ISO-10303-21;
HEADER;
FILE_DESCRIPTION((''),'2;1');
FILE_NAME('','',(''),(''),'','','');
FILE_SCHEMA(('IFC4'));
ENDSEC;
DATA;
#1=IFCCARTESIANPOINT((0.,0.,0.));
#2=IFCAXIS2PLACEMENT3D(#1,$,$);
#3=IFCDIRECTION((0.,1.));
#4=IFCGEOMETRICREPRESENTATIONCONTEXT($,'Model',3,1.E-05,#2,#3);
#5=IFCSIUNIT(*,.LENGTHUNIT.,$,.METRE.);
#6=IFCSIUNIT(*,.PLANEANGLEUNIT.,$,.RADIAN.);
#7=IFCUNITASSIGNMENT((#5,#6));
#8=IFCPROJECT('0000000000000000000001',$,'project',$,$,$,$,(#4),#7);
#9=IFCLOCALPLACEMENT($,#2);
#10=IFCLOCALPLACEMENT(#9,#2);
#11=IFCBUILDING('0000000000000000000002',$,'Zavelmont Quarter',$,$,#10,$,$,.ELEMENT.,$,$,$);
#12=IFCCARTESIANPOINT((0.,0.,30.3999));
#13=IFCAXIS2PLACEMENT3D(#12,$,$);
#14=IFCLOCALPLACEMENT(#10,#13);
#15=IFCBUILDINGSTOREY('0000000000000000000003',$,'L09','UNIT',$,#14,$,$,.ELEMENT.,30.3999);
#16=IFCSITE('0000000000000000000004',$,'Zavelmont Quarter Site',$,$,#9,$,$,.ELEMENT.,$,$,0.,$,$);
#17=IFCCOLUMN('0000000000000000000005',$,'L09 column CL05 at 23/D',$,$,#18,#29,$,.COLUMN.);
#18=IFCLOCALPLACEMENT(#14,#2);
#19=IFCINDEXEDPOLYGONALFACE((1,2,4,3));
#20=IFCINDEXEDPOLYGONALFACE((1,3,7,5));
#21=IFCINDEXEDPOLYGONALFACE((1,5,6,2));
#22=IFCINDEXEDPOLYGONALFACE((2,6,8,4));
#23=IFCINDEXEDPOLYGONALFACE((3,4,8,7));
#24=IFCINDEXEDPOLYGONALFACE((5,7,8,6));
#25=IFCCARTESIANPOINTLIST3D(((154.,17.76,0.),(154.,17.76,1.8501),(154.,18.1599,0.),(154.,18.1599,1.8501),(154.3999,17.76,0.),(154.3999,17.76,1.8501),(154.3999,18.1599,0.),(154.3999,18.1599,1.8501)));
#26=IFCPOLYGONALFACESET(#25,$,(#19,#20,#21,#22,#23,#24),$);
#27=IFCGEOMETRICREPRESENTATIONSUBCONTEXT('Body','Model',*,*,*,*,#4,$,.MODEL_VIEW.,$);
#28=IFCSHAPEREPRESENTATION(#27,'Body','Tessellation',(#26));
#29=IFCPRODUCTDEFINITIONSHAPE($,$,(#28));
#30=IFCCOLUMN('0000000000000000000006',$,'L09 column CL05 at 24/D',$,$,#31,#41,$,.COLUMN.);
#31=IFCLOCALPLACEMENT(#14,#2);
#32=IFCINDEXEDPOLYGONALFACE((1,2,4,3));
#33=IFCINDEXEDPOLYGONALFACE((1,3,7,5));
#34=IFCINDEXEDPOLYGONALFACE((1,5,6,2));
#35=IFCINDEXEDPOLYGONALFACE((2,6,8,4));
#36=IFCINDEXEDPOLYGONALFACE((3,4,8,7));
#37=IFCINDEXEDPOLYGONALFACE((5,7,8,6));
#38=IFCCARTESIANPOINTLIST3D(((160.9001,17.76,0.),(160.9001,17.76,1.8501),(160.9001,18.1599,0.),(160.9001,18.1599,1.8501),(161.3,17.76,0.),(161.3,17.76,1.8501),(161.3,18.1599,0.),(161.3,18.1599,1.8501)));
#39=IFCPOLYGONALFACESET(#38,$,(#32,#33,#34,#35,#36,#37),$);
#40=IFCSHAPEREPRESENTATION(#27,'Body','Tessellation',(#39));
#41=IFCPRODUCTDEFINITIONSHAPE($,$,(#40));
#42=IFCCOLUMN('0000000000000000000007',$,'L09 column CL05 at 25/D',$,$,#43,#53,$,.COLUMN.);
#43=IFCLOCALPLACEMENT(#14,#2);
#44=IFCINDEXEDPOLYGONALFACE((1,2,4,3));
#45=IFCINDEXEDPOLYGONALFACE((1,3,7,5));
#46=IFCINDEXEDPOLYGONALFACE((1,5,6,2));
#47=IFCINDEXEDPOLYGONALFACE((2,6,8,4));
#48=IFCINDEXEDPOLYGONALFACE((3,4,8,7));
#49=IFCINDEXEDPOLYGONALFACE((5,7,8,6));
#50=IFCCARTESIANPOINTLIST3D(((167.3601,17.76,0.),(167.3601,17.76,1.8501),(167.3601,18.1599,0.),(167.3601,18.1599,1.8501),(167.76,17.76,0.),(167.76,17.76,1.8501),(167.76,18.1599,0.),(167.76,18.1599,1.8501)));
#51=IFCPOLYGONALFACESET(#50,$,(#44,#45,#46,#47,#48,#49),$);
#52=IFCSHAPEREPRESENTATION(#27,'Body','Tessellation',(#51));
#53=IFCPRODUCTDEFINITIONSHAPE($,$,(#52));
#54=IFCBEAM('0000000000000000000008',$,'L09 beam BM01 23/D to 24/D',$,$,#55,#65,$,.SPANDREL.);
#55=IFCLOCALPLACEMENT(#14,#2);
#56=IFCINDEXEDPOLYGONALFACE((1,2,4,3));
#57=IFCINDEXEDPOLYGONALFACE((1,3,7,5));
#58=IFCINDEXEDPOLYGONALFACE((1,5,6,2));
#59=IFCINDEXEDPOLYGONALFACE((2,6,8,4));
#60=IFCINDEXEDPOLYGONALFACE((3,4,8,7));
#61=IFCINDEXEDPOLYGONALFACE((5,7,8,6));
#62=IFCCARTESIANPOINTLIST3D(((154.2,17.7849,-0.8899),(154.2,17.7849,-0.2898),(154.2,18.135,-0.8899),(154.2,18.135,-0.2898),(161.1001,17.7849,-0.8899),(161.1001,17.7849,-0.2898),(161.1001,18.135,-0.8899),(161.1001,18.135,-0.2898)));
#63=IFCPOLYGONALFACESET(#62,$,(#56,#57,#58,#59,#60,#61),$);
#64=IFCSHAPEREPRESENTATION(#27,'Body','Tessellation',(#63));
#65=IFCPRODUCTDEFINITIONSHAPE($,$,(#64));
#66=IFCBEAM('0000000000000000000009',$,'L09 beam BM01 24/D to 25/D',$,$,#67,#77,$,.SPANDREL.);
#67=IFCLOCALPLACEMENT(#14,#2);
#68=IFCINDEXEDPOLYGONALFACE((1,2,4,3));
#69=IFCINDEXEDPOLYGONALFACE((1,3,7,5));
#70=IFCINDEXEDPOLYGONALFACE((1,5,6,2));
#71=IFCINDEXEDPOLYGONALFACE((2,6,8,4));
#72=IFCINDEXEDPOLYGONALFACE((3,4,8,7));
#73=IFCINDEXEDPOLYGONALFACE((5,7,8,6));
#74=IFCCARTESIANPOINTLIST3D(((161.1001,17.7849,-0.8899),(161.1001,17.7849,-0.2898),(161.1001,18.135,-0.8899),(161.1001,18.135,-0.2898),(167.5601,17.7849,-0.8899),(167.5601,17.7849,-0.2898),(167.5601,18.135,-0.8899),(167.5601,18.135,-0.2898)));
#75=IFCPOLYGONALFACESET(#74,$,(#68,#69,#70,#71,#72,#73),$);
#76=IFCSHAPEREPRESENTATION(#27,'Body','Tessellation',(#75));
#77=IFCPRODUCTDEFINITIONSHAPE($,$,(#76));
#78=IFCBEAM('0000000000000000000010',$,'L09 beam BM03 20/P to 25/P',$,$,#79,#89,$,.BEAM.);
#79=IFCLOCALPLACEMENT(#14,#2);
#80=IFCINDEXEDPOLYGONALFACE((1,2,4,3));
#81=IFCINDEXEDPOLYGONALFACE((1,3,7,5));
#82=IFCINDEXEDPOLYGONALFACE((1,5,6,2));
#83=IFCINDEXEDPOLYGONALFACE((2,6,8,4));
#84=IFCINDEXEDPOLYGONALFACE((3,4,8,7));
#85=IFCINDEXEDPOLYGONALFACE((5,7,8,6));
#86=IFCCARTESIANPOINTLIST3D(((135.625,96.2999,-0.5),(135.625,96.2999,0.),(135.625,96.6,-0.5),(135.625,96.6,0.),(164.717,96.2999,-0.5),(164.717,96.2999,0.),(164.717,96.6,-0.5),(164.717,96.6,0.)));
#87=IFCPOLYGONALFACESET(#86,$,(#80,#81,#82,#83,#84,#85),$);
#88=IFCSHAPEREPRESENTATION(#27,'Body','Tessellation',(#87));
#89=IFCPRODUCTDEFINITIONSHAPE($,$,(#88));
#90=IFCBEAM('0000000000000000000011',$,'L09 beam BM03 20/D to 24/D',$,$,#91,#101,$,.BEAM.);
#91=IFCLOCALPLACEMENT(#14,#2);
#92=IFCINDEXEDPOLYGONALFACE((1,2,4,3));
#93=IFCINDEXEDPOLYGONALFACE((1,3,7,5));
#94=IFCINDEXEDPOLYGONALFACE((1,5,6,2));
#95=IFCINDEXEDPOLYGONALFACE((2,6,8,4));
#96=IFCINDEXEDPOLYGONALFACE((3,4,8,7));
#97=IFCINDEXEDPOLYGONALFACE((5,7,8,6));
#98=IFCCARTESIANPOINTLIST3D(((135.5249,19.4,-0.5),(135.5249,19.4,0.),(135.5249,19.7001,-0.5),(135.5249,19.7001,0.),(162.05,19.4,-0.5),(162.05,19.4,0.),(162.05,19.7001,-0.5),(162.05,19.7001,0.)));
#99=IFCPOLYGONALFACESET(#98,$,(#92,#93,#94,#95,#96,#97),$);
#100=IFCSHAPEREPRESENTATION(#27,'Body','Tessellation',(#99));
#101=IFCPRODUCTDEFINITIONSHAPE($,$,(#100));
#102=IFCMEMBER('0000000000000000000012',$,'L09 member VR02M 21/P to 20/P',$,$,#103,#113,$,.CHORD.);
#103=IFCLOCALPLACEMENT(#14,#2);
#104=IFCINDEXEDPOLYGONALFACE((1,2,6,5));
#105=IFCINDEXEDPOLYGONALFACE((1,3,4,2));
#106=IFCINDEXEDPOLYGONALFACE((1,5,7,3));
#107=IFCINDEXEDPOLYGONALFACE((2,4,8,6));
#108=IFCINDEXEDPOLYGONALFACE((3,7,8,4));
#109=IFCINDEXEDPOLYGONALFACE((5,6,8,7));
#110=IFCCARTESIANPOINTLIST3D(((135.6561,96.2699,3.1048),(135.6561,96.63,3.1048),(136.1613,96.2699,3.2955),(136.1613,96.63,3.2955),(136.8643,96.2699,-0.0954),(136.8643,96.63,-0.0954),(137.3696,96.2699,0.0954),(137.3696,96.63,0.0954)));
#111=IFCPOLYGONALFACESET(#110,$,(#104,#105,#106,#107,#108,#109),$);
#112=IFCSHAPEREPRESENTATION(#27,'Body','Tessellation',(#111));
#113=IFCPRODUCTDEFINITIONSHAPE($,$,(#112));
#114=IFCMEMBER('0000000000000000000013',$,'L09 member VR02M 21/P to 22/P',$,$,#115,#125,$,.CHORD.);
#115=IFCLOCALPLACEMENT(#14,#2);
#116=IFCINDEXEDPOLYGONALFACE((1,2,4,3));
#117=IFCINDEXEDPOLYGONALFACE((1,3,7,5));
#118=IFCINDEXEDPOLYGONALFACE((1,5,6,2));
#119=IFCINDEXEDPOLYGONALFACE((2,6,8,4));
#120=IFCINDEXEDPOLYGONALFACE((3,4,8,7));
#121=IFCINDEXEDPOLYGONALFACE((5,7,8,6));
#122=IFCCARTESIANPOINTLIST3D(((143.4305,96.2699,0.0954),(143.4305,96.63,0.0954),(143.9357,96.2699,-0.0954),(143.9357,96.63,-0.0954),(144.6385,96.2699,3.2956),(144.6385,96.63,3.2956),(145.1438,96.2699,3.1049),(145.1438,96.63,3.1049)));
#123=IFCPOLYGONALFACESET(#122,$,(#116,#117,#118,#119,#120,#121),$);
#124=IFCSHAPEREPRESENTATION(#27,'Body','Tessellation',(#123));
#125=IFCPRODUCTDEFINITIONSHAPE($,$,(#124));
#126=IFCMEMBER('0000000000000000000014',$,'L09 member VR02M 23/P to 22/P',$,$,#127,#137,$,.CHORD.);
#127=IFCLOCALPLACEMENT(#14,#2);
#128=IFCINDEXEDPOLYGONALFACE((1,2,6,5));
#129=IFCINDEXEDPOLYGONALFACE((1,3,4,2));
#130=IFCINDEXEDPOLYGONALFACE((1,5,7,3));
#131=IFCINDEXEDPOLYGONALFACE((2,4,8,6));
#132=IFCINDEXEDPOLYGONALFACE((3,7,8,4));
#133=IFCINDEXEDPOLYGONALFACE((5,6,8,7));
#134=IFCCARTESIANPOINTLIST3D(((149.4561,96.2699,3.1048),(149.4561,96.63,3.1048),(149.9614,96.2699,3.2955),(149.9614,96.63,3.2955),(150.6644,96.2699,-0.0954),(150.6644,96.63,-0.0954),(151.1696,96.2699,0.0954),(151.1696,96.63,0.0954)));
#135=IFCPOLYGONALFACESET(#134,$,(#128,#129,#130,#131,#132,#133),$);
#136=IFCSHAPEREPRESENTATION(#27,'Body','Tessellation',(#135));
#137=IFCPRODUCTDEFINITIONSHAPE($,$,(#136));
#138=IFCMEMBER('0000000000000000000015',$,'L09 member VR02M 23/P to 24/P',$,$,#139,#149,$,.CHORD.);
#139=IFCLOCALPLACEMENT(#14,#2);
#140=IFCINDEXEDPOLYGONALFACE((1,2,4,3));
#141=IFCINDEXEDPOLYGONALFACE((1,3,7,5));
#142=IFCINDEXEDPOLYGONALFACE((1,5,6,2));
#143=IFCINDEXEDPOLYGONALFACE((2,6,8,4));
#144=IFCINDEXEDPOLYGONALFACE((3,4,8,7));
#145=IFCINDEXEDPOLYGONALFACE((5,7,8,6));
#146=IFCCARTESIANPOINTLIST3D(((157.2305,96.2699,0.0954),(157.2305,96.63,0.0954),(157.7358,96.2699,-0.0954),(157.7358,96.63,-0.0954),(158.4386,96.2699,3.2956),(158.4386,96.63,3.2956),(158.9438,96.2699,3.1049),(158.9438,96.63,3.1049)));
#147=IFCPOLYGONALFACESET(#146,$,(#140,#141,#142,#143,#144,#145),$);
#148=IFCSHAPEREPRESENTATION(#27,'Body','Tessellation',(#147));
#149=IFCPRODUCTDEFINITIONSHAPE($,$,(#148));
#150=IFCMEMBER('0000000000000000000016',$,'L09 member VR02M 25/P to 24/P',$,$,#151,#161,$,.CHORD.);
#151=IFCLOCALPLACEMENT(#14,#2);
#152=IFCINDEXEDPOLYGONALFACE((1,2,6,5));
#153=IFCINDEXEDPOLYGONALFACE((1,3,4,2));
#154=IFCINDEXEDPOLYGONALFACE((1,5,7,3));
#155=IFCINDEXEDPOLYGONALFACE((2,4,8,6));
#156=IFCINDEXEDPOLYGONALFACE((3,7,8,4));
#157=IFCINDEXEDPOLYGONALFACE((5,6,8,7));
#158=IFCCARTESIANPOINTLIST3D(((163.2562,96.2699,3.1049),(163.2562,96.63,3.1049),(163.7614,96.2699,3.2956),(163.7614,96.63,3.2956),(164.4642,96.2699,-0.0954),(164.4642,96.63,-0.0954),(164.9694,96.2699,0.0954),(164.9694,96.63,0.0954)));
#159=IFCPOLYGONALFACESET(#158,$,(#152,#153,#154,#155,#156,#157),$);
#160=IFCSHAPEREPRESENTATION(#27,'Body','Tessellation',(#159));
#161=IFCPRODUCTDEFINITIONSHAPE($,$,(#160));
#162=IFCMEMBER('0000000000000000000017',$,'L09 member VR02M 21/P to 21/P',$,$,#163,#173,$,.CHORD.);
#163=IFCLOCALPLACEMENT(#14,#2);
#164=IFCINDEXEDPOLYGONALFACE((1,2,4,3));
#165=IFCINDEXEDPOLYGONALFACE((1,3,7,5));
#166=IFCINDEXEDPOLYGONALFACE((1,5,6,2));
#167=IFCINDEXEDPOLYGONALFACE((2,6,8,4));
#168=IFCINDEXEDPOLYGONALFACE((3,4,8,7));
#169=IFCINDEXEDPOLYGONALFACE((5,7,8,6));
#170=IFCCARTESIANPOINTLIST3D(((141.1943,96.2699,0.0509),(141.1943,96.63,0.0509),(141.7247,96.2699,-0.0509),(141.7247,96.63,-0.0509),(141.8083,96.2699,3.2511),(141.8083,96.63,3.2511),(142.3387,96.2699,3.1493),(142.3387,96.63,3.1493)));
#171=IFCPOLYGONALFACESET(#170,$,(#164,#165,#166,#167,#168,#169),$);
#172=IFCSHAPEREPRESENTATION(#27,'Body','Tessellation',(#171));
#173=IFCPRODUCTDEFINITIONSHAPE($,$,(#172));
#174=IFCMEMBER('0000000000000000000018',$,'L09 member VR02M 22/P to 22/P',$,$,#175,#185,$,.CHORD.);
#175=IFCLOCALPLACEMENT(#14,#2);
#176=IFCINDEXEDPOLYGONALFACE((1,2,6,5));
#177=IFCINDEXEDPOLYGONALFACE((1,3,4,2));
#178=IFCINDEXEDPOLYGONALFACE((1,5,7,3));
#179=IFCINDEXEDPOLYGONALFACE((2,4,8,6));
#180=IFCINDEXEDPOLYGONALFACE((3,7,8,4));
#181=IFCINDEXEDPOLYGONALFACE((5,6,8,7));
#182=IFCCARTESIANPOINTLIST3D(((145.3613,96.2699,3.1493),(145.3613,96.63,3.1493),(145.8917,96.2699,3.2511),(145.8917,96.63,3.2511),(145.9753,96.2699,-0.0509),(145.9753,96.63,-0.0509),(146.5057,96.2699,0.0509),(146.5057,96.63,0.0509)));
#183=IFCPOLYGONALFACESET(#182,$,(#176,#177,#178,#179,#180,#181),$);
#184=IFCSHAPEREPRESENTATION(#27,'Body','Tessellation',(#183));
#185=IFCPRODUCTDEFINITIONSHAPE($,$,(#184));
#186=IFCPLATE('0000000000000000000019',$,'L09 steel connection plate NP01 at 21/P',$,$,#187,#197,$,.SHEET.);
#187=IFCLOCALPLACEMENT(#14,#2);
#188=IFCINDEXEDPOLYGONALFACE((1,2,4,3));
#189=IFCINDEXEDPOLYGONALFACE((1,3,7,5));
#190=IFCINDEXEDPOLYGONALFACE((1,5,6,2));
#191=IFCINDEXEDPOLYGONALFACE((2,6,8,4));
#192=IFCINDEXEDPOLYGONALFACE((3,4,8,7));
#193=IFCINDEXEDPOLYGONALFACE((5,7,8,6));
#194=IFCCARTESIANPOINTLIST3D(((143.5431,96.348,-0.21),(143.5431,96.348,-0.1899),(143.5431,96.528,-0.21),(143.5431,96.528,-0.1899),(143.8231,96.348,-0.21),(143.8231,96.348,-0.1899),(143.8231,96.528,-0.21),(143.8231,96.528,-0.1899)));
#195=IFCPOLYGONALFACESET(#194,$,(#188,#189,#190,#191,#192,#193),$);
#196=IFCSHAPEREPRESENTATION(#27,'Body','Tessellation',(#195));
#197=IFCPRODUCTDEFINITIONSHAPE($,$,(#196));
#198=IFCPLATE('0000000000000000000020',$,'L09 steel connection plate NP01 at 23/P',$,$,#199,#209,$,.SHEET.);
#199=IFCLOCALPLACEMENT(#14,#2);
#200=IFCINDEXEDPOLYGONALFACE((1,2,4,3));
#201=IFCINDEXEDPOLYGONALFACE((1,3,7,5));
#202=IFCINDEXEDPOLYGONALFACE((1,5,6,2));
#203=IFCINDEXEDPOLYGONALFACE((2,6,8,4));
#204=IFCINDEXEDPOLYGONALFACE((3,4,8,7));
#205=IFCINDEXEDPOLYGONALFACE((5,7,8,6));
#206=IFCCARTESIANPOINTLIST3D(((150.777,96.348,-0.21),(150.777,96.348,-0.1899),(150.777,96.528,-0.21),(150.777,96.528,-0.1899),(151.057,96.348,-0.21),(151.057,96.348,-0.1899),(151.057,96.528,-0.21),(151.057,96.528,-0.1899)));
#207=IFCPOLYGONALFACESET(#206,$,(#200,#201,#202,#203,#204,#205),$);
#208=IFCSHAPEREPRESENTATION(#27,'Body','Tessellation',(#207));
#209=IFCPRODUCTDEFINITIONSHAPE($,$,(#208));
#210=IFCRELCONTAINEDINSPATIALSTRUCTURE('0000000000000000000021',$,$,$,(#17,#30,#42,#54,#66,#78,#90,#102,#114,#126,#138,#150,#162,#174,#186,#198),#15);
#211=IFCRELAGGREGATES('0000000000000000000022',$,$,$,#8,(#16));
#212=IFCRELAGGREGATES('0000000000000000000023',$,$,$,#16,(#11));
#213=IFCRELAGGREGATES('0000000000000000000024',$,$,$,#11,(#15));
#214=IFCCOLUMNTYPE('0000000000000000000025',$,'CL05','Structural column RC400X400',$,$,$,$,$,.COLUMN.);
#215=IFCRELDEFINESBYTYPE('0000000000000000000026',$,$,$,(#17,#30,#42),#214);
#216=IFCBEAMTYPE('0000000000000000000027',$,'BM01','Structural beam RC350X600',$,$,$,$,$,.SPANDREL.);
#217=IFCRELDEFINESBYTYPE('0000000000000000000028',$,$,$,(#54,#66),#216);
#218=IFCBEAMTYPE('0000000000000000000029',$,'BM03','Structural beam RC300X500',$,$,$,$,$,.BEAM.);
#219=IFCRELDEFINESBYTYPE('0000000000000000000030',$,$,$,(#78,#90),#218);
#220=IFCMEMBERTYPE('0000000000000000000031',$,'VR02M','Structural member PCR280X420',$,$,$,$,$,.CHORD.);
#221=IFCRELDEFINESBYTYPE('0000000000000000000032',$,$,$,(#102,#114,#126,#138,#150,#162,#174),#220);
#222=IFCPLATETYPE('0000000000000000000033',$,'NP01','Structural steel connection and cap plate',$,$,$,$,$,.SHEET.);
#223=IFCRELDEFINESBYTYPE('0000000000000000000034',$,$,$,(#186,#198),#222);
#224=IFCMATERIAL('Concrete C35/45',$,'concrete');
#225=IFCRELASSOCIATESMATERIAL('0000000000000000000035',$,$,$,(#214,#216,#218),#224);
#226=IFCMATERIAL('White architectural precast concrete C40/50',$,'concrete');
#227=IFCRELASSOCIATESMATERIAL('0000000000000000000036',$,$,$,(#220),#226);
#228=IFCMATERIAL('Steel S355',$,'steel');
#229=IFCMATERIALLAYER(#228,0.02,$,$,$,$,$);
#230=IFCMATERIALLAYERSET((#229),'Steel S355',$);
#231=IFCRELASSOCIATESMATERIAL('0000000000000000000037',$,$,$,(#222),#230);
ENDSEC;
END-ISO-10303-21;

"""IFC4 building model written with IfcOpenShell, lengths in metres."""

from ifc_helpers import new_model, si_unit, direction, frame, origin, origin_2d, place, context, subcontext, project, spatial, rectangle, extrude, material, layer, layer_set, material_profile, profile_set, type_object, element, save


model = new_model("IFC4")

# Units and contexts
model_context = context("Model", 3, precision=1e-05, world=origin(), true_north=direction((0.0, 1.0)))
body_context = subcontext(model_context, "Body", "Model", "MODEL_VIEW")
ifc_project = project(units=[si_unit("LENGTHUNIT", "METRE"), si_unit("PLANEANGLEUNIT", "RADIAN")], contexts=[model_context])

# Site, building, storey
site_placement = place(None, origin())
site = spatial("IfcSite", under=ifc_project, at=site_placement, Name="Zavelmont Quarter Site", CompositionType="ELEMENT", RefElevation=0.0)
building_placement = place(site_placement, origin())
building = spatial("IfcBuilding", under=site, at=building_placement, Name="Zavelmont Quarter", CompositionType="ELEMENT")
storey_placement = place(building_placement, frame((0.0, 0.0, 30.3999)))
storey = spatial("IfcBuildingStorey", under=building, at=storey_placement, Name="L09", Description="UNIT", CompositionType="ELEMENT", Elevation=30.3999)

# Columns
ifc_material_1 = material(Name="Concrete C35/45", Category="concrete")
ifc_material_profile_1 = material_profile(ifc_material_1, rectangle(XDim=0.3999, YDim=0.3999, at=origin_2d()), Name="RC400X400")
ifc_profile_set_1 = profile_set([ifc_material_profile_1], Name="Concrete C35/45")
column_type = type_object("IfcColumnType", Name="CL05", Description="Structural column RC400X400", PredefinedType="COLUMN", material=ifc_profile_set_1)
for number, where, z_axis, x_axis, name in (
    (1, (154.2, 17.96, 0.0), (0.0, 0.0, 1.0), (1.0, 0.0, 0.0), "L09 column CL05 at 23/D"),
    (2, (161.1001, 17.96, 0.0), (0.0, 0.0, 1.0), (1.0, 0.0, 0.0), "L09 column CL05 at 24/D"),
    (3, (167.5601, 17.96, 0.0), (0.0, 0.0, 1.0), (1.0, 0.0, 0.0), "L09 column CL05 at 25/D"),
):
    element("IfcColumn", number, at=place(storey_placement, frame(where, z_axis=z_axis, x_axis=x_axis)), inside=storey, type_object=column_type, Name=name, PredefinedType="COLUMN", context=body_context, shape_type="SweptSolid", body=[
        extrude(rectangle(XDim=0.3999, YDim=0.3999, at=origin_2d()), origin(), (0.0, 0.0, 1.0), 1.8501),
    ])

# Beams
ifc_material_profile_2 = material_profile(ifc_material_1, rectangle(XDim=0.3501, YDim=0.6001, at=origin_2d()), Name="RC350X600")
ifc_profile_set_2 = profile_set([ifc_material_profile_2], Name="Concrete C35/45")
beam_type_1 = type_object("IfcBeamType", Name="BM01", Description="Structural beam RC350X600", PredefinedType="SPANDREL", material=ifc_profile_set_2)
beam_1_placement = place(storey_placement, frame((154.2, 17.96, -0.5898), z_axis=(1.0, 0.0, 0.0), x_axis=(0.0, 1.0, 0.0)))
element("IfcBeam", 4, at=beam_1_placement, inside=storey, type_object=beam_type_1, Name="L09 beam BM01 23/D to 24/D", PredefinedType="SPANDREL", context=body_context, shape_type="SweptSolid", body=[
    extrude(rectangle(XDim=0.3501, YDim=0.6001, at=origin_2d()), origin(), (0.0, 0.0, 1.0), 6.9001),
])
beam_2_placement = place(storey_placement, frame((161.1001, 17.96, -0.5898), z_axis=(1.0, 0.0, 0.0), x_axis=(0.0, 1.0, 0.0)))
element("IfcBeam", 5, at=beam_2_placement, inside=storey, type_object=beam_type_1, Name="L09 beam BM01 24/D to 25/D", PredefinedType="SPANDREL", context=body_context, shape_type="SweptSolid", body=[
    extrude(rectangle(XDim=0.3501, YDim=0.6001, at=origin_2d()), origin(), (0.0, 0.0, 1.0), 6.46),
])
ifc_material_profile_3 = material_profile(ifc_material_1, rectangle(XDim=0.3, YDim=0.5, at=origin_2d()), Name="RC300X500")
ifc_profile_set_3 = profile_set([ifc_material_profile_3], Name="Concrete C35/45")
beam_type_2 = type_object("IfcBeamType", Name="BM03", Description="Structural beam RC300X500", PredefinedType="BEAM", material=ifc_profile_set_3)
beam_3_placement = place(storey_placement, frame((135.625, 96.45, -0.25), z_axis=(1.0, 0.0, 0.0), x_axis=(0.0, 1.0, 0.0)))
element("IfcBeam", 6, at=beam_3_placement, inside=storey, type_object=beam_type_2, Name="L09 beam BM03 20/P to 25/P", PredefinedType="BEAM", context=body_context, shape_type="SweptSolid", body=[
    extrude(rectangle(XDim=0.3, YDim=0.5, at=origin_2d()), origin(), (0.0, 0.0, 1.0), 29.092),
])
beam_4_placement = place(storey_placement, frame((135.5249, 19.55, -0.25), z_axis=(1.0, 0.0, 0.0), x_axis=(0.0, 1.0, 0.0)))
element("IfcBeam", 7, at=beam_4_placement, inside=storey, type_object=beam_type_2, Name="L09 beam BM03 20/D to 24/D", PredefinedType="BEAM", context=body_context, shape_type="SweptSolid", body=[
    extrude(rectangle(XDim=0.3, YDim=0.5, at=origin_2d()), origin(), (0.0, 0.0, 1.0), 26.5251),
])

# Members
ifc_material_2 = material(Name="White architectural precast concrete C40/50", Category="concrete")
ifc_material_profile_4 = material_profile(ifc_material_2, rectangle(XDim=0.3601, YDim=0.54, at=origin_2d()), Name="PCR280X420")
ifc_profile_set_4 = profile_set([ifc_material_profile_4], Name="White architectural precast concrete C40/50")
member_type = type_object("IfcMemberType", Name="VR02M", Description="Structural member PCR280X420", PredefinedType="CHORD", material=ifc_profile_set_4)
for number, where, z_axis, x_axis, name in (
    (8, (137.1169, 96.45, 0.0), (-0.353219, 0.0, 0.935541), (0.0, -1.0, 0.0), "L09 member VR02M 21/P to 20/P"),
    (9, (143.6831, 96.45, 0.0), (0.353156, 0.0, 0.935564), (0.0, 1.0, 0.0), "L09 member VR02M 21/P to 22/P"),
    (10, (150.917, 96.45, 0.0), (-0.353219, 0.0, 0.935541), (0.0, -1.0, 0.0), "L09 member VR02M 23/P to 22/P"),
    (11, (157.4832, 96.45, 0.0), (0.353156, 0.0, 0.935564), (0.0, 1.0, 0.0), "L09 member VR02M 23/P to 24/P"),
    (12, (164.7168, 96.45, 0.0), (-0.353156, 0.0, 0.935564), (0.0, -1.0, 0.0), "L09 member VR02M 25/P to 24/P"),
):
    element("IfcMember", number, at=place(storey_placement, frame(where, z_axis=z_axis, x_axis=x_axis)), inside=storey, type_object=member_type, Name=name, PredefinedType="CHORD", context=body_context, shape_type="SweptSolid", body=[
        extrude(rectangle(XDim=0.3601, YDim=0.54, at=origin_2d()), origin(), (0.0, 0.0, 1.0), 3.4207),
    ])
for number, where, z_axis, x_axis, name in (
    (13, (141.4595, 96.45, 0.0), (0.188431, 0.0, 0.982087), (0.0, 1.0, 0.0), "L09 member VR02M 21/P to 21/P"),
    (14, (146.2405, 96.45, 0.0), (-0.188431, 0.0, 0.982087), (0.0, -1.0, 0.0), "L09 member VR02M 22/P to 22/P"),
):
    element("IfcMember", number, at=place(storey_placement, frame(where, z_axis=z_axis, x_axis=x_axis)), inside=storey, type_object=member_type, Name=name, PredefinedType="CHORD", context=body_context, shape_type="SweptSolid", body=[
        extrude(rectangle(XDim=0.3601, YDim=0.54, at=origin_2d()), origin(), (0.0, 0.0, 1.0), 3.2585),
    ])

# Plates
ifc_material_3 = material(Name="Steel S355", Category="steel")
ifc_layer_1 = layer(ifc_material_3, 0.02)
ifc_layer_set_1 = layer_set([ifc_layer_1], Name="Steel S355")
plate_type_1 = type_object("IfcPlateType", Name="NP01", Description="Structural steel connection and cap plate", PredefinedType="SHEET", material=ifc_layer_set_1)
for number, where, z_axis, x_axis, name in (
    (15, (143.6831, 96.438, -0.21), (0.0, 0.0, 1.0), (1.0, 0.0, 0.0), "L09 steel connection plate NP01 at 21/P"),
    (16, (150.917, 96.438, -0.21), (0.0, 0.0, 1.0), (1.0, 0.0, 0.0), "L09 steel connection plate NP01 at 23/P"),
):
    element("IfcPlate", number, at=place(storey_placement, frame(where, z_axis=z_axis, x_axis=x_axis)), inside=storey, type_object=plate_type_1, Name=name, PredefinedType="SHEET", context=body_context, shape_type="SweptSolid", body=[
        extrude(rectangle(XDim=0.28, YDim=0.1799, at=origin_2d()), origin(), (0.0, 0.0, 1.0), 0.02),
    ])

save(model, "model.ifc")
